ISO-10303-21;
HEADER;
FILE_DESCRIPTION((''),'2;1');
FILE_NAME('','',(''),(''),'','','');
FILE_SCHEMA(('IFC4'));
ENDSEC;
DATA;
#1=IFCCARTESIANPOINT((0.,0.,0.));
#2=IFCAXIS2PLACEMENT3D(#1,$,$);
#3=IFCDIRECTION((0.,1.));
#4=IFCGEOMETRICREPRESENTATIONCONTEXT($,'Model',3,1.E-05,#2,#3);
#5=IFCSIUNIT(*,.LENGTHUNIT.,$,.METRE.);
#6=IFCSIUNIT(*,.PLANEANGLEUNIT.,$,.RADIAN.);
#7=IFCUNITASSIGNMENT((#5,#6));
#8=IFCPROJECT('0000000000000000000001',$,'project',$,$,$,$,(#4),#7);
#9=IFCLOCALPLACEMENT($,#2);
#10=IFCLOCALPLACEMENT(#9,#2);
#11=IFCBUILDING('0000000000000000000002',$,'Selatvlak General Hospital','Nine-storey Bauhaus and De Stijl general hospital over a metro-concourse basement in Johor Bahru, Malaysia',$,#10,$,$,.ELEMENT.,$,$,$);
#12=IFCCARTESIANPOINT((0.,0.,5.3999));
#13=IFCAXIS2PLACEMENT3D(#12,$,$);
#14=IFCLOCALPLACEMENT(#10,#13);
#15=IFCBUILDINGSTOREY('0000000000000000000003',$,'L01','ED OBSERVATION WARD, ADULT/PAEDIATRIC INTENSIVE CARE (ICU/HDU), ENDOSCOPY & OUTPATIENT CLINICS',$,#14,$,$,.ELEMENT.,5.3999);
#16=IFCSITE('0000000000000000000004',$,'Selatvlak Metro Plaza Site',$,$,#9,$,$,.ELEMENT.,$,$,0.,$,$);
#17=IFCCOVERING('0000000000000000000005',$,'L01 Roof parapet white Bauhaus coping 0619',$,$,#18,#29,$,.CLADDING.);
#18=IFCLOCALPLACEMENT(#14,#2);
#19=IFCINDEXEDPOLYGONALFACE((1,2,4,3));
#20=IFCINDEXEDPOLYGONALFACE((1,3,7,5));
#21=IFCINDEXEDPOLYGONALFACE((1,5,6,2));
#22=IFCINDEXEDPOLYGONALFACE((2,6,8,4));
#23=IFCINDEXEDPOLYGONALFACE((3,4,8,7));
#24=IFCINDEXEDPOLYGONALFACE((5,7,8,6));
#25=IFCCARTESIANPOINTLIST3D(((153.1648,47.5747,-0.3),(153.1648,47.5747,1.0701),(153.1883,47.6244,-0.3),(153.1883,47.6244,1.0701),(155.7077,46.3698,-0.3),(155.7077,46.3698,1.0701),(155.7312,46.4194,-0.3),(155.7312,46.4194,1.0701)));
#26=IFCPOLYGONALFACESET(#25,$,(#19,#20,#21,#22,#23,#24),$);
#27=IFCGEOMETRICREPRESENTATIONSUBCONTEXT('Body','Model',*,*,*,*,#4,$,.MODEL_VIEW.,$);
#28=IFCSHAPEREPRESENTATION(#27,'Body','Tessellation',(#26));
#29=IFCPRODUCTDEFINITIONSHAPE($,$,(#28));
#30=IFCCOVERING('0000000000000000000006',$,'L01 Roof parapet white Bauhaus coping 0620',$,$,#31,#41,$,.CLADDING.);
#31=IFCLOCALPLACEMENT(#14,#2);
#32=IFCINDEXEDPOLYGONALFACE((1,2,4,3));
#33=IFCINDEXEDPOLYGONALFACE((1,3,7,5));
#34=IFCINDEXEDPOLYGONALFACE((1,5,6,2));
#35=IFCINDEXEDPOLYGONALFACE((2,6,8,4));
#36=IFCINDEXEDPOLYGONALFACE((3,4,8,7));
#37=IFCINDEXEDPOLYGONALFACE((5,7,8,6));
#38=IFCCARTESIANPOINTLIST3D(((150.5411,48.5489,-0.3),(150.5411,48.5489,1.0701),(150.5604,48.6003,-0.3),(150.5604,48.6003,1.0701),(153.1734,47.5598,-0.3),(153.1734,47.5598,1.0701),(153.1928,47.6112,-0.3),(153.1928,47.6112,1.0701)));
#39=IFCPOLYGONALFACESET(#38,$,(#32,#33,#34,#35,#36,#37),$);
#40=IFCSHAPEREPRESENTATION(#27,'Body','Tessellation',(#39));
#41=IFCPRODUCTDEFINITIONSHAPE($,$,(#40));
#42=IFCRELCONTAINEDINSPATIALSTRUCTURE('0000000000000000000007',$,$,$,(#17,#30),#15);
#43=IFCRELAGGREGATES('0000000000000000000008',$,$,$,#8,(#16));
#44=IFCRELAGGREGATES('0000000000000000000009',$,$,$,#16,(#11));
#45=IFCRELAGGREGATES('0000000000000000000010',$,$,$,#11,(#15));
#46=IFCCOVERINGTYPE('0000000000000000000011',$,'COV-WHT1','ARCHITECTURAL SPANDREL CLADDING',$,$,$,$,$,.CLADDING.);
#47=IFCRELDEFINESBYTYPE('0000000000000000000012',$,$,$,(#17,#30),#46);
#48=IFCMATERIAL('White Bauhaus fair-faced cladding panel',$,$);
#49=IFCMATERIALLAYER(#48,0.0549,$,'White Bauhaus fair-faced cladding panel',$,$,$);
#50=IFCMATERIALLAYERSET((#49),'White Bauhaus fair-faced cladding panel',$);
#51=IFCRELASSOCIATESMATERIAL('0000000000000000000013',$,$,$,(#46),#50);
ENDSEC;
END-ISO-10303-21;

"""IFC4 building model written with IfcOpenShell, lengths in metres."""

from ifc_helpers import new_model, si_unit, direction, frame, origin, origin_2d, place, context, subcontext, project, spatial, rectangle, extrude, material, layer, layer_set, type_object, element, save


model = new_model("IFC4")

# Units and contexts
model_context = context("Model", 3, precision=1e-05, world=origin(), true_north=direction((0.0, 1.0)))
body_context = subcontext(model_context, "Body", "Model", "MODEL_VIEW")
ifc_project = project(units=[si_unit("LENGTHUNIT", "METRE"), si_unit("PLANEANGLEUNIT", "RADIAN")], contexts=[model_context])

# Site, building, storey
site_placement = place(None, origin())
site = spatial("IfcSite", under=ifc_project, at=site_placement, Name="Selatvlak Metro Plaza Site", CompositionType="ELEMENT", RefElevation=0.0)
building_placement = place(site_placement, origin())
building = spatial("IfcBuilding", under=site, at=building_placement, Name="Selatvlak General Hospital", Description="Nine-storey Bauhaus and De Stijl general hospital over a metro-concourse basement in Johor Bahru, Malaysia", CompositionType="ELEMENT")
storey_placement = place(building_placement, frame((0.0, 0.0, 5.3999)))
storey = spatial("IfcBuildingStorey", under=building, at=storey_placement, Name="L01", Description="ED OBSERVATION WARD, ADULT/PAEDIATRIC INTENSIVE CARE (ICU/HDU), ENDOSCOPY & OUTPATIENT CLINICS", CompositionType="ELEMENT", Elevation=5.3999)

# Coverings
ifc_material_1 = material(Name="White Bauhaus fair-faced cladding panel")
ifc_layer_1 = layer(ifc_material_1, 0.0549, Name="White Bauhaus fair-faced cladding panel")
ifc_layer_set_1 = layer_set([ifc_layer_1], Name="White Bauhaus fair-faced cladding panel")
covering_type_1 = type_object("IfcCoveringType", Name="COV-WHT1", Description="ARCHITECTURAL SPANDREL CLADDING", PredefinedType="CLADDING", material=ifc_layer_set_1)
covering_1_placement = place(storey_placement, frame((154.448, 46.9971, -0.3), z_axis=(0.0, 0.0, 1.0), x_axis=(-0.903679, 0.42821, 0.0)))
element("IfcCovering", 1, at=covering_1_placement, inside=storey, type_object=covering_type_1, Name="L01 Roof parapet white Bauhaus coping 0619", PredefinedType="CLADDING", context=body_context, shape_type="SweptSolid", body=[
    extrude(rectangle(XDim=2.814, YDim=0.0549, at=origin_2d()), origin(), (0.0, 0.0, 1.0), 1.3701),
])
covering_2_placement = place(storey_placement, frame((151.8669, 48.0801, -0.3), z_axis=(0.0, 0.0, 1.0), x_axis=(-0.936096, 0.351744, 0.0)))
element("IfcCovering", 2, at=covering_2_placement, inside=storey, type_object=covering_type_1, Name="L01 Roof parapet white Bauhaus coping 0620", PredefinedType="CLADDING", context=body_context, shape_type="SweptSolid", body=[
    extrude(rectangle(XDim=2.812, YDim=0.0549, at=origin_2d()), origin(), (0.0, 0.0, 1.0), 1.3701),
])

save(model, "model.ifc")
